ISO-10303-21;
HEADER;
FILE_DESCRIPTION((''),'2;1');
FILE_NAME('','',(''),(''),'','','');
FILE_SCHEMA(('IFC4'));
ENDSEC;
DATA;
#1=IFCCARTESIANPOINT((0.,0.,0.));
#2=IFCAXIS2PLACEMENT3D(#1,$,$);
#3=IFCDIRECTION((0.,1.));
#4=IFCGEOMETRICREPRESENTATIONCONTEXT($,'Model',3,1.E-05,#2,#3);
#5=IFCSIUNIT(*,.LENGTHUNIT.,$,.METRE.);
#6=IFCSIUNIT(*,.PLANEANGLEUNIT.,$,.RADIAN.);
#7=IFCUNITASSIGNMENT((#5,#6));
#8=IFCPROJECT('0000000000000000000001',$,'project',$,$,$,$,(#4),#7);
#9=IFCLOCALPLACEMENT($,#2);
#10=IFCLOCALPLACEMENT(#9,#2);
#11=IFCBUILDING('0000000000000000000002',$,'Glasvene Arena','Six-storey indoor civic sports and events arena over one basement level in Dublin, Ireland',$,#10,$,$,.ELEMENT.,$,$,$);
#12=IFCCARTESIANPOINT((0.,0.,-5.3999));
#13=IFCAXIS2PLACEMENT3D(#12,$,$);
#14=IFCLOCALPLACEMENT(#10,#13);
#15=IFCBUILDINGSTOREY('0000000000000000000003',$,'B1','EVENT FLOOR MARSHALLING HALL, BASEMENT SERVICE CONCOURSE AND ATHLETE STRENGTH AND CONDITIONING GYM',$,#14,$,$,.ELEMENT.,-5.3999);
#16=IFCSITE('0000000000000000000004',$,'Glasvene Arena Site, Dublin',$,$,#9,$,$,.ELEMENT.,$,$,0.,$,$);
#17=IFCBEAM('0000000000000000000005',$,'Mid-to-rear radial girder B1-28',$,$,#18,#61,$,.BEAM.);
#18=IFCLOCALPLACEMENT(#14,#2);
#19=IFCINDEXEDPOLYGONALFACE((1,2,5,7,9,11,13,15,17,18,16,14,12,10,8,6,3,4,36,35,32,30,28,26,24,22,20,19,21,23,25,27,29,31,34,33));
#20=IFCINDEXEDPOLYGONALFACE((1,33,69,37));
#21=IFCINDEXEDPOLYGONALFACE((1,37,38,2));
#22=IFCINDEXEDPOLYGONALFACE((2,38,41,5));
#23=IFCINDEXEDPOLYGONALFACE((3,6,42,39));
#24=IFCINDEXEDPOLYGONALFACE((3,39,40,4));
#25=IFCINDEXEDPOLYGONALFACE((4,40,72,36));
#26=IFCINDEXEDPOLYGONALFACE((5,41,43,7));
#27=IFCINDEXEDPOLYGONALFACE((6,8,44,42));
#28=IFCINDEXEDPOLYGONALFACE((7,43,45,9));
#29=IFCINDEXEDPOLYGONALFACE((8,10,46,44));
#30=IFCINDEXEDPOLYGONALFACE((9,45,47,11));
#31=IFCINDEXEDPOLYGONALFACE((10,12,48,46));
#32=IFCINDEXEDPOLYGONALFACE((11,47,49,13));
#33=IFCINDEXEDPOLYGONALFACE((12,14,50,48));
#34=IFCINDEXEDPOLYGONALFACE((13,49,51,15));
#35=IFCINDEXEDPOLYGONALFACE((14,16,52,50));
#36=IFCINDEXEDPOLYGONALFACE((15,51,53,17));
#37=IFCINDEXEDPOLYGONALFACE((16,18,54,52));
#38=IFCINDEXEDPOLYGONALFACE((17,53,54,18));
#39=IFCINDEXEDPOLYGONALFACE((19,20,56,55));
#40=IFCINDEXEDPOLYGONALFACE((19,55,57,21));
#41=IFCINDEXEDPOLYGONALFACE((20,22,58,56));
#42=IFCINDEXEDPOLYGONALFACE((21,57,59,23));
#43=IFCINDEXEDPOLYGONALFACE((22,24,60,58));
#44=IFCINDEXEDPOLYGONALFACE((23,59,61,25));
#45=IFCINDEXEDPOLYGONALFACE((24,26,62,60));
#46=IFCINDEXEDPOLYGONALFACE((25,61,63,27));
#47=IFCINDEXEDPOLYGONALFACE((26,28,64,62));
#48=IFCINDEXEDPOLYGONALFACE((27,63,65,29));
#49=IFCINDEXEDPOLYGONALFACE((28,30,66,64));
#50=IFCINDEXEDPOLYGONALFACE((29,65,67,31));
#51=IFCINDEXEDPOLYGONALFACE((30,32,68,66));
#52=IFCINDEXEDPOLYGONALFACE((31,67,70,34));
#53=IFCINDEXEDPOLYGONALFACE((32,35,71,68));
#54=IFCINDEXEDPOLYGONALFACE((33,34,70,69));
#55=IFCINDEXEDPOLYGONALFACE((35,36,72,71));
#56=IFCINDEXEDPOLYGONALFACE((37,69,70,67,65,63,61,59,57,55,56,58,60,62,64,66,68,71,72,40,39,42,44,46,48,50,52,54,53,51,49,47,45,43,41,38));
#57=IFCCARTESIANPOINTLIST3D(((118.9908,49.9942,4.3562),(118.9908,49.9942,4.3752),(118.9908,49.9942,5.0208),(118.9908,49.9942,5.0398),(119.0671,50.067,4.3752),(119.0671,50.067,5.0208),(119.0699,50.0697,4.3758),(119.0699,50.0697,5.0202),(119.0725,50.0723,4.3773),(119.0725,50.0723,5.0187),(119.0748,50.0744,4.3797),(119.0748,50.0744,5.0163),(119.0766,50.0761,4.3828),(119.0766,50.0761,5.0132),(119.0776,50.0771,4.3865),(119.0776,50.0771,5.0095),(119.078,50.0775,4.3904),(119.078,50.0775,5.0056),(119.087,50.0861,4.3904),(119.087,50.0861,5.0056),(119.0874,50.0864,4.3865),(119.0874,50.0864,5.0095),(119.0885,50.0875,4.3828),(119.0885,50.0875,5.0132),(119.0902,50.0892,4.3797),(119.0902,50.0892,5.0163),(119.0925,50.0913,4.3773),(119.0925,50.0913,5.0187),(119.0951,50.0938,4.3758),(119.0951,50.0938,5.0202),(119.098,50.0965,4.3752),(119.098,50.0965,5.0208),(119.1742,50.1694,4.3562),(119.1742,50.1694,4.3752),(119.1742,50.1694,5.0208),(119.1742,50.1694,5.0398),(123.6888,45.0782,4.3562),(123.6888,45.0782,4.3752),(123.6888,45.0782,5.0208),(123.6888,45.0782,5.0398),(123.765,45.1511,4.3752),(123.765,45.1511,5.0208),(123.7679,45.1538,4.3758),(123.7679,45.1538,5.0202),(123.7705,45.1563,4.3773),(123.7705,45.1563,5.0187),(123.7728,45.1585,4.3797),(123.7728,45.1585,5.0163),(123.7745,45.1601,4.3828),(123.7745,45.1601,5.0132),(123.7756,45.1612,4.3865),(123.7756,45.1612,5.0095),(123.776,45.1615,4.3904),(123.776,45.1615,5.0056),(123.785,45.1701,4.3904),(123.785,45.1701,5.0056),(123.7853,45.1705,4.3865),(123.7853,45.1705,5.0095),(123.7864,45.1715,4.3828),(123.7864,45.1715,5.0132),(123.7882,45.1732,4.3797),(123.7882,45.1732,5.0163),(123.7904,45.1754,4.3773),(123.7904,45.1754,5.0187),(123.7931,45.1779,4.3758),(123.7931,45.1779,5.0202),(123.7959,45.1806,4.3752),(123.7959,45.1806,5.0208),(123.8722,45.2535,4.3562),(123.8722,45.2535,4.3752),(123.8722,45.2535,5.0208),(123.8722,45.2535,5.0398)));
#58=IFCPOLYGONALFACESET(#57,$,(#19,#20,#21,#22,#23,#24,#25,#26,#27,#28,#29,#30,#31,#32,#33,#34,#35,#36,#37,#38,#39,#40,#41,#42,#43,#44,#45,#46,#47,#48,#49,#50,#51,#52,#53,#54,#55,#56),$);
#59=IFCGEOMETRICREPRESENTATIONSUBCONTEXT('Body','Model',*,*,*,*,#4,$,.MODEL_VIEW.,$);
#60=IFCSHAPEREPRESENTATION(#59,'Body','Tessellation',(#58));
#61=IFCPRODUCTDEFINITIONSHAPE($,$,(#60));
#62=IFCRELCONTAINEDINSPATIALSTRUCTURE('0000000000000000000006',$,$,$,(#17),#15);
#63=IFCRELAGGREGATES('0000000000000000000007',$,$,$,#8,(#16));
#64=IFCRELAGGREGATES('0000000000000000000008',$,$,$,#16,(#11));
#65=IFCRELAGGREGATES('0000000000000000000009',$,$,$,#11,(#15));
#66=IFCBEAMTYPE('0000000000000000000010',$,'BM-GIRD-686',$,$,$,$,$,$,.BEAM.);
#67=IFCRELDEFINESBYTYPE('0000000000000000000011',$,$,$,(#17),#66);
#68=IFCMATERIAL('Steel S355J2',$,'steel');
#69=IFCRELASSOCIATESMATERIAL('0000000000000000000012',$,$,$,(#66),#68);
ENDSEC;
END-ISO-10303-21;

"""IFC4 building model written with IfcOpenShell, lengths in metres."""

from ifc_helpers import new_model, si_unit, direction, frame, origin, origin_2d, place, context, subcontext, project, spatial, i_section, extrude, material, material_profile, profile_set, type_object, element, save


model = new_model("IFC4")

# Units and contexts
model_context = context("Model", 3, precision=1e-05, world=origin(), true_north=direction((0.0, 1.0)))
body_context = subcontext(model_context, "Body", "Model", "MODEL_VIEW")
ifc_project = project(units=[si_unit("LENGTHUNIT", "METRE"), si_unit("PLANEANGLEUNIT", "RADIAN")], contexts=[model_context])

# Site, building, storey
site_placement = place(None, origin())
site = spatial("IfcSite", under=ifc_project, at=site_placement, Name="Glasvene Arena Site, Dublin", CompositionType="ELEMENT", RefElevation=0.0)
building_placement = place(site_placement, origin())
building = spatial("IfcBuilding", under=site, at=building_placement, Name="Glasvene Arena", Description="Six-storey indoor civic sports and events arena over one basement level in Dublin, Ireland", CompositionType="ELEMENT")
storey_placement = place(building_placement, frame((0.0, 0.0, -5.3999)))
storey = spatial("IfcBuildingStorey", under=building, at=storey_placement, Name="B1", Description="EVENT FLOOR MARSHALLING HALL, BASEMENT SERVICE CONCOURSE AND ATHLETE STRENGTH AND CONDITIONING GYM", CompositionType="ELEMENT", Elevation=-5.3999)

# Beam
ifc_material_1 = material(Name="Steel S355J2", Category="steel")
ifc_material_profile_1 = material_profile(ifc_material_1, i_section(OverallWidth=0.2537, OverallDepth=0.6836, WebThickness=0.0125, FlangeThickness=0.019, FilletRadius=0.0151, at=origin_2d()), Name="UKB 686x254x140")
ifc_profile_set_1 = profile_set([ifc_material_profile_1], Name="Steel S355J2")
beam_type_1 = type_object("IfcBeamType", Name="BM-GIRD-686", PredefinedType="BEAM", material=ifc_profile_set_1)
beam_1_placement = place(storey_placement, frame((119.0825, 50.0818, 4.698), z_axis=(0.690894, -0.722956, 0.0), x_axis=(0.722956, 0.690894, 0.0)))
element("IfcBeam", 1, at=beam_1_placement, inside=storey, type_object=beam_type_1, Name="Mid-to-rear radial girder B1-28", PredefinedType="BEAM", context=body_context, shape_type="SweptSolid", body=[
    extrude(i_section(OverallWidth=0.2537, OverallDepth=0.6836, WebThickness=0.0125, FlangeThickness=0.019, FilletRadius=0.0151, at=origin_2d()), origin(), (0.0, 0.0, 1.0), 6.7998),
])

save(model, "model.ifc")
